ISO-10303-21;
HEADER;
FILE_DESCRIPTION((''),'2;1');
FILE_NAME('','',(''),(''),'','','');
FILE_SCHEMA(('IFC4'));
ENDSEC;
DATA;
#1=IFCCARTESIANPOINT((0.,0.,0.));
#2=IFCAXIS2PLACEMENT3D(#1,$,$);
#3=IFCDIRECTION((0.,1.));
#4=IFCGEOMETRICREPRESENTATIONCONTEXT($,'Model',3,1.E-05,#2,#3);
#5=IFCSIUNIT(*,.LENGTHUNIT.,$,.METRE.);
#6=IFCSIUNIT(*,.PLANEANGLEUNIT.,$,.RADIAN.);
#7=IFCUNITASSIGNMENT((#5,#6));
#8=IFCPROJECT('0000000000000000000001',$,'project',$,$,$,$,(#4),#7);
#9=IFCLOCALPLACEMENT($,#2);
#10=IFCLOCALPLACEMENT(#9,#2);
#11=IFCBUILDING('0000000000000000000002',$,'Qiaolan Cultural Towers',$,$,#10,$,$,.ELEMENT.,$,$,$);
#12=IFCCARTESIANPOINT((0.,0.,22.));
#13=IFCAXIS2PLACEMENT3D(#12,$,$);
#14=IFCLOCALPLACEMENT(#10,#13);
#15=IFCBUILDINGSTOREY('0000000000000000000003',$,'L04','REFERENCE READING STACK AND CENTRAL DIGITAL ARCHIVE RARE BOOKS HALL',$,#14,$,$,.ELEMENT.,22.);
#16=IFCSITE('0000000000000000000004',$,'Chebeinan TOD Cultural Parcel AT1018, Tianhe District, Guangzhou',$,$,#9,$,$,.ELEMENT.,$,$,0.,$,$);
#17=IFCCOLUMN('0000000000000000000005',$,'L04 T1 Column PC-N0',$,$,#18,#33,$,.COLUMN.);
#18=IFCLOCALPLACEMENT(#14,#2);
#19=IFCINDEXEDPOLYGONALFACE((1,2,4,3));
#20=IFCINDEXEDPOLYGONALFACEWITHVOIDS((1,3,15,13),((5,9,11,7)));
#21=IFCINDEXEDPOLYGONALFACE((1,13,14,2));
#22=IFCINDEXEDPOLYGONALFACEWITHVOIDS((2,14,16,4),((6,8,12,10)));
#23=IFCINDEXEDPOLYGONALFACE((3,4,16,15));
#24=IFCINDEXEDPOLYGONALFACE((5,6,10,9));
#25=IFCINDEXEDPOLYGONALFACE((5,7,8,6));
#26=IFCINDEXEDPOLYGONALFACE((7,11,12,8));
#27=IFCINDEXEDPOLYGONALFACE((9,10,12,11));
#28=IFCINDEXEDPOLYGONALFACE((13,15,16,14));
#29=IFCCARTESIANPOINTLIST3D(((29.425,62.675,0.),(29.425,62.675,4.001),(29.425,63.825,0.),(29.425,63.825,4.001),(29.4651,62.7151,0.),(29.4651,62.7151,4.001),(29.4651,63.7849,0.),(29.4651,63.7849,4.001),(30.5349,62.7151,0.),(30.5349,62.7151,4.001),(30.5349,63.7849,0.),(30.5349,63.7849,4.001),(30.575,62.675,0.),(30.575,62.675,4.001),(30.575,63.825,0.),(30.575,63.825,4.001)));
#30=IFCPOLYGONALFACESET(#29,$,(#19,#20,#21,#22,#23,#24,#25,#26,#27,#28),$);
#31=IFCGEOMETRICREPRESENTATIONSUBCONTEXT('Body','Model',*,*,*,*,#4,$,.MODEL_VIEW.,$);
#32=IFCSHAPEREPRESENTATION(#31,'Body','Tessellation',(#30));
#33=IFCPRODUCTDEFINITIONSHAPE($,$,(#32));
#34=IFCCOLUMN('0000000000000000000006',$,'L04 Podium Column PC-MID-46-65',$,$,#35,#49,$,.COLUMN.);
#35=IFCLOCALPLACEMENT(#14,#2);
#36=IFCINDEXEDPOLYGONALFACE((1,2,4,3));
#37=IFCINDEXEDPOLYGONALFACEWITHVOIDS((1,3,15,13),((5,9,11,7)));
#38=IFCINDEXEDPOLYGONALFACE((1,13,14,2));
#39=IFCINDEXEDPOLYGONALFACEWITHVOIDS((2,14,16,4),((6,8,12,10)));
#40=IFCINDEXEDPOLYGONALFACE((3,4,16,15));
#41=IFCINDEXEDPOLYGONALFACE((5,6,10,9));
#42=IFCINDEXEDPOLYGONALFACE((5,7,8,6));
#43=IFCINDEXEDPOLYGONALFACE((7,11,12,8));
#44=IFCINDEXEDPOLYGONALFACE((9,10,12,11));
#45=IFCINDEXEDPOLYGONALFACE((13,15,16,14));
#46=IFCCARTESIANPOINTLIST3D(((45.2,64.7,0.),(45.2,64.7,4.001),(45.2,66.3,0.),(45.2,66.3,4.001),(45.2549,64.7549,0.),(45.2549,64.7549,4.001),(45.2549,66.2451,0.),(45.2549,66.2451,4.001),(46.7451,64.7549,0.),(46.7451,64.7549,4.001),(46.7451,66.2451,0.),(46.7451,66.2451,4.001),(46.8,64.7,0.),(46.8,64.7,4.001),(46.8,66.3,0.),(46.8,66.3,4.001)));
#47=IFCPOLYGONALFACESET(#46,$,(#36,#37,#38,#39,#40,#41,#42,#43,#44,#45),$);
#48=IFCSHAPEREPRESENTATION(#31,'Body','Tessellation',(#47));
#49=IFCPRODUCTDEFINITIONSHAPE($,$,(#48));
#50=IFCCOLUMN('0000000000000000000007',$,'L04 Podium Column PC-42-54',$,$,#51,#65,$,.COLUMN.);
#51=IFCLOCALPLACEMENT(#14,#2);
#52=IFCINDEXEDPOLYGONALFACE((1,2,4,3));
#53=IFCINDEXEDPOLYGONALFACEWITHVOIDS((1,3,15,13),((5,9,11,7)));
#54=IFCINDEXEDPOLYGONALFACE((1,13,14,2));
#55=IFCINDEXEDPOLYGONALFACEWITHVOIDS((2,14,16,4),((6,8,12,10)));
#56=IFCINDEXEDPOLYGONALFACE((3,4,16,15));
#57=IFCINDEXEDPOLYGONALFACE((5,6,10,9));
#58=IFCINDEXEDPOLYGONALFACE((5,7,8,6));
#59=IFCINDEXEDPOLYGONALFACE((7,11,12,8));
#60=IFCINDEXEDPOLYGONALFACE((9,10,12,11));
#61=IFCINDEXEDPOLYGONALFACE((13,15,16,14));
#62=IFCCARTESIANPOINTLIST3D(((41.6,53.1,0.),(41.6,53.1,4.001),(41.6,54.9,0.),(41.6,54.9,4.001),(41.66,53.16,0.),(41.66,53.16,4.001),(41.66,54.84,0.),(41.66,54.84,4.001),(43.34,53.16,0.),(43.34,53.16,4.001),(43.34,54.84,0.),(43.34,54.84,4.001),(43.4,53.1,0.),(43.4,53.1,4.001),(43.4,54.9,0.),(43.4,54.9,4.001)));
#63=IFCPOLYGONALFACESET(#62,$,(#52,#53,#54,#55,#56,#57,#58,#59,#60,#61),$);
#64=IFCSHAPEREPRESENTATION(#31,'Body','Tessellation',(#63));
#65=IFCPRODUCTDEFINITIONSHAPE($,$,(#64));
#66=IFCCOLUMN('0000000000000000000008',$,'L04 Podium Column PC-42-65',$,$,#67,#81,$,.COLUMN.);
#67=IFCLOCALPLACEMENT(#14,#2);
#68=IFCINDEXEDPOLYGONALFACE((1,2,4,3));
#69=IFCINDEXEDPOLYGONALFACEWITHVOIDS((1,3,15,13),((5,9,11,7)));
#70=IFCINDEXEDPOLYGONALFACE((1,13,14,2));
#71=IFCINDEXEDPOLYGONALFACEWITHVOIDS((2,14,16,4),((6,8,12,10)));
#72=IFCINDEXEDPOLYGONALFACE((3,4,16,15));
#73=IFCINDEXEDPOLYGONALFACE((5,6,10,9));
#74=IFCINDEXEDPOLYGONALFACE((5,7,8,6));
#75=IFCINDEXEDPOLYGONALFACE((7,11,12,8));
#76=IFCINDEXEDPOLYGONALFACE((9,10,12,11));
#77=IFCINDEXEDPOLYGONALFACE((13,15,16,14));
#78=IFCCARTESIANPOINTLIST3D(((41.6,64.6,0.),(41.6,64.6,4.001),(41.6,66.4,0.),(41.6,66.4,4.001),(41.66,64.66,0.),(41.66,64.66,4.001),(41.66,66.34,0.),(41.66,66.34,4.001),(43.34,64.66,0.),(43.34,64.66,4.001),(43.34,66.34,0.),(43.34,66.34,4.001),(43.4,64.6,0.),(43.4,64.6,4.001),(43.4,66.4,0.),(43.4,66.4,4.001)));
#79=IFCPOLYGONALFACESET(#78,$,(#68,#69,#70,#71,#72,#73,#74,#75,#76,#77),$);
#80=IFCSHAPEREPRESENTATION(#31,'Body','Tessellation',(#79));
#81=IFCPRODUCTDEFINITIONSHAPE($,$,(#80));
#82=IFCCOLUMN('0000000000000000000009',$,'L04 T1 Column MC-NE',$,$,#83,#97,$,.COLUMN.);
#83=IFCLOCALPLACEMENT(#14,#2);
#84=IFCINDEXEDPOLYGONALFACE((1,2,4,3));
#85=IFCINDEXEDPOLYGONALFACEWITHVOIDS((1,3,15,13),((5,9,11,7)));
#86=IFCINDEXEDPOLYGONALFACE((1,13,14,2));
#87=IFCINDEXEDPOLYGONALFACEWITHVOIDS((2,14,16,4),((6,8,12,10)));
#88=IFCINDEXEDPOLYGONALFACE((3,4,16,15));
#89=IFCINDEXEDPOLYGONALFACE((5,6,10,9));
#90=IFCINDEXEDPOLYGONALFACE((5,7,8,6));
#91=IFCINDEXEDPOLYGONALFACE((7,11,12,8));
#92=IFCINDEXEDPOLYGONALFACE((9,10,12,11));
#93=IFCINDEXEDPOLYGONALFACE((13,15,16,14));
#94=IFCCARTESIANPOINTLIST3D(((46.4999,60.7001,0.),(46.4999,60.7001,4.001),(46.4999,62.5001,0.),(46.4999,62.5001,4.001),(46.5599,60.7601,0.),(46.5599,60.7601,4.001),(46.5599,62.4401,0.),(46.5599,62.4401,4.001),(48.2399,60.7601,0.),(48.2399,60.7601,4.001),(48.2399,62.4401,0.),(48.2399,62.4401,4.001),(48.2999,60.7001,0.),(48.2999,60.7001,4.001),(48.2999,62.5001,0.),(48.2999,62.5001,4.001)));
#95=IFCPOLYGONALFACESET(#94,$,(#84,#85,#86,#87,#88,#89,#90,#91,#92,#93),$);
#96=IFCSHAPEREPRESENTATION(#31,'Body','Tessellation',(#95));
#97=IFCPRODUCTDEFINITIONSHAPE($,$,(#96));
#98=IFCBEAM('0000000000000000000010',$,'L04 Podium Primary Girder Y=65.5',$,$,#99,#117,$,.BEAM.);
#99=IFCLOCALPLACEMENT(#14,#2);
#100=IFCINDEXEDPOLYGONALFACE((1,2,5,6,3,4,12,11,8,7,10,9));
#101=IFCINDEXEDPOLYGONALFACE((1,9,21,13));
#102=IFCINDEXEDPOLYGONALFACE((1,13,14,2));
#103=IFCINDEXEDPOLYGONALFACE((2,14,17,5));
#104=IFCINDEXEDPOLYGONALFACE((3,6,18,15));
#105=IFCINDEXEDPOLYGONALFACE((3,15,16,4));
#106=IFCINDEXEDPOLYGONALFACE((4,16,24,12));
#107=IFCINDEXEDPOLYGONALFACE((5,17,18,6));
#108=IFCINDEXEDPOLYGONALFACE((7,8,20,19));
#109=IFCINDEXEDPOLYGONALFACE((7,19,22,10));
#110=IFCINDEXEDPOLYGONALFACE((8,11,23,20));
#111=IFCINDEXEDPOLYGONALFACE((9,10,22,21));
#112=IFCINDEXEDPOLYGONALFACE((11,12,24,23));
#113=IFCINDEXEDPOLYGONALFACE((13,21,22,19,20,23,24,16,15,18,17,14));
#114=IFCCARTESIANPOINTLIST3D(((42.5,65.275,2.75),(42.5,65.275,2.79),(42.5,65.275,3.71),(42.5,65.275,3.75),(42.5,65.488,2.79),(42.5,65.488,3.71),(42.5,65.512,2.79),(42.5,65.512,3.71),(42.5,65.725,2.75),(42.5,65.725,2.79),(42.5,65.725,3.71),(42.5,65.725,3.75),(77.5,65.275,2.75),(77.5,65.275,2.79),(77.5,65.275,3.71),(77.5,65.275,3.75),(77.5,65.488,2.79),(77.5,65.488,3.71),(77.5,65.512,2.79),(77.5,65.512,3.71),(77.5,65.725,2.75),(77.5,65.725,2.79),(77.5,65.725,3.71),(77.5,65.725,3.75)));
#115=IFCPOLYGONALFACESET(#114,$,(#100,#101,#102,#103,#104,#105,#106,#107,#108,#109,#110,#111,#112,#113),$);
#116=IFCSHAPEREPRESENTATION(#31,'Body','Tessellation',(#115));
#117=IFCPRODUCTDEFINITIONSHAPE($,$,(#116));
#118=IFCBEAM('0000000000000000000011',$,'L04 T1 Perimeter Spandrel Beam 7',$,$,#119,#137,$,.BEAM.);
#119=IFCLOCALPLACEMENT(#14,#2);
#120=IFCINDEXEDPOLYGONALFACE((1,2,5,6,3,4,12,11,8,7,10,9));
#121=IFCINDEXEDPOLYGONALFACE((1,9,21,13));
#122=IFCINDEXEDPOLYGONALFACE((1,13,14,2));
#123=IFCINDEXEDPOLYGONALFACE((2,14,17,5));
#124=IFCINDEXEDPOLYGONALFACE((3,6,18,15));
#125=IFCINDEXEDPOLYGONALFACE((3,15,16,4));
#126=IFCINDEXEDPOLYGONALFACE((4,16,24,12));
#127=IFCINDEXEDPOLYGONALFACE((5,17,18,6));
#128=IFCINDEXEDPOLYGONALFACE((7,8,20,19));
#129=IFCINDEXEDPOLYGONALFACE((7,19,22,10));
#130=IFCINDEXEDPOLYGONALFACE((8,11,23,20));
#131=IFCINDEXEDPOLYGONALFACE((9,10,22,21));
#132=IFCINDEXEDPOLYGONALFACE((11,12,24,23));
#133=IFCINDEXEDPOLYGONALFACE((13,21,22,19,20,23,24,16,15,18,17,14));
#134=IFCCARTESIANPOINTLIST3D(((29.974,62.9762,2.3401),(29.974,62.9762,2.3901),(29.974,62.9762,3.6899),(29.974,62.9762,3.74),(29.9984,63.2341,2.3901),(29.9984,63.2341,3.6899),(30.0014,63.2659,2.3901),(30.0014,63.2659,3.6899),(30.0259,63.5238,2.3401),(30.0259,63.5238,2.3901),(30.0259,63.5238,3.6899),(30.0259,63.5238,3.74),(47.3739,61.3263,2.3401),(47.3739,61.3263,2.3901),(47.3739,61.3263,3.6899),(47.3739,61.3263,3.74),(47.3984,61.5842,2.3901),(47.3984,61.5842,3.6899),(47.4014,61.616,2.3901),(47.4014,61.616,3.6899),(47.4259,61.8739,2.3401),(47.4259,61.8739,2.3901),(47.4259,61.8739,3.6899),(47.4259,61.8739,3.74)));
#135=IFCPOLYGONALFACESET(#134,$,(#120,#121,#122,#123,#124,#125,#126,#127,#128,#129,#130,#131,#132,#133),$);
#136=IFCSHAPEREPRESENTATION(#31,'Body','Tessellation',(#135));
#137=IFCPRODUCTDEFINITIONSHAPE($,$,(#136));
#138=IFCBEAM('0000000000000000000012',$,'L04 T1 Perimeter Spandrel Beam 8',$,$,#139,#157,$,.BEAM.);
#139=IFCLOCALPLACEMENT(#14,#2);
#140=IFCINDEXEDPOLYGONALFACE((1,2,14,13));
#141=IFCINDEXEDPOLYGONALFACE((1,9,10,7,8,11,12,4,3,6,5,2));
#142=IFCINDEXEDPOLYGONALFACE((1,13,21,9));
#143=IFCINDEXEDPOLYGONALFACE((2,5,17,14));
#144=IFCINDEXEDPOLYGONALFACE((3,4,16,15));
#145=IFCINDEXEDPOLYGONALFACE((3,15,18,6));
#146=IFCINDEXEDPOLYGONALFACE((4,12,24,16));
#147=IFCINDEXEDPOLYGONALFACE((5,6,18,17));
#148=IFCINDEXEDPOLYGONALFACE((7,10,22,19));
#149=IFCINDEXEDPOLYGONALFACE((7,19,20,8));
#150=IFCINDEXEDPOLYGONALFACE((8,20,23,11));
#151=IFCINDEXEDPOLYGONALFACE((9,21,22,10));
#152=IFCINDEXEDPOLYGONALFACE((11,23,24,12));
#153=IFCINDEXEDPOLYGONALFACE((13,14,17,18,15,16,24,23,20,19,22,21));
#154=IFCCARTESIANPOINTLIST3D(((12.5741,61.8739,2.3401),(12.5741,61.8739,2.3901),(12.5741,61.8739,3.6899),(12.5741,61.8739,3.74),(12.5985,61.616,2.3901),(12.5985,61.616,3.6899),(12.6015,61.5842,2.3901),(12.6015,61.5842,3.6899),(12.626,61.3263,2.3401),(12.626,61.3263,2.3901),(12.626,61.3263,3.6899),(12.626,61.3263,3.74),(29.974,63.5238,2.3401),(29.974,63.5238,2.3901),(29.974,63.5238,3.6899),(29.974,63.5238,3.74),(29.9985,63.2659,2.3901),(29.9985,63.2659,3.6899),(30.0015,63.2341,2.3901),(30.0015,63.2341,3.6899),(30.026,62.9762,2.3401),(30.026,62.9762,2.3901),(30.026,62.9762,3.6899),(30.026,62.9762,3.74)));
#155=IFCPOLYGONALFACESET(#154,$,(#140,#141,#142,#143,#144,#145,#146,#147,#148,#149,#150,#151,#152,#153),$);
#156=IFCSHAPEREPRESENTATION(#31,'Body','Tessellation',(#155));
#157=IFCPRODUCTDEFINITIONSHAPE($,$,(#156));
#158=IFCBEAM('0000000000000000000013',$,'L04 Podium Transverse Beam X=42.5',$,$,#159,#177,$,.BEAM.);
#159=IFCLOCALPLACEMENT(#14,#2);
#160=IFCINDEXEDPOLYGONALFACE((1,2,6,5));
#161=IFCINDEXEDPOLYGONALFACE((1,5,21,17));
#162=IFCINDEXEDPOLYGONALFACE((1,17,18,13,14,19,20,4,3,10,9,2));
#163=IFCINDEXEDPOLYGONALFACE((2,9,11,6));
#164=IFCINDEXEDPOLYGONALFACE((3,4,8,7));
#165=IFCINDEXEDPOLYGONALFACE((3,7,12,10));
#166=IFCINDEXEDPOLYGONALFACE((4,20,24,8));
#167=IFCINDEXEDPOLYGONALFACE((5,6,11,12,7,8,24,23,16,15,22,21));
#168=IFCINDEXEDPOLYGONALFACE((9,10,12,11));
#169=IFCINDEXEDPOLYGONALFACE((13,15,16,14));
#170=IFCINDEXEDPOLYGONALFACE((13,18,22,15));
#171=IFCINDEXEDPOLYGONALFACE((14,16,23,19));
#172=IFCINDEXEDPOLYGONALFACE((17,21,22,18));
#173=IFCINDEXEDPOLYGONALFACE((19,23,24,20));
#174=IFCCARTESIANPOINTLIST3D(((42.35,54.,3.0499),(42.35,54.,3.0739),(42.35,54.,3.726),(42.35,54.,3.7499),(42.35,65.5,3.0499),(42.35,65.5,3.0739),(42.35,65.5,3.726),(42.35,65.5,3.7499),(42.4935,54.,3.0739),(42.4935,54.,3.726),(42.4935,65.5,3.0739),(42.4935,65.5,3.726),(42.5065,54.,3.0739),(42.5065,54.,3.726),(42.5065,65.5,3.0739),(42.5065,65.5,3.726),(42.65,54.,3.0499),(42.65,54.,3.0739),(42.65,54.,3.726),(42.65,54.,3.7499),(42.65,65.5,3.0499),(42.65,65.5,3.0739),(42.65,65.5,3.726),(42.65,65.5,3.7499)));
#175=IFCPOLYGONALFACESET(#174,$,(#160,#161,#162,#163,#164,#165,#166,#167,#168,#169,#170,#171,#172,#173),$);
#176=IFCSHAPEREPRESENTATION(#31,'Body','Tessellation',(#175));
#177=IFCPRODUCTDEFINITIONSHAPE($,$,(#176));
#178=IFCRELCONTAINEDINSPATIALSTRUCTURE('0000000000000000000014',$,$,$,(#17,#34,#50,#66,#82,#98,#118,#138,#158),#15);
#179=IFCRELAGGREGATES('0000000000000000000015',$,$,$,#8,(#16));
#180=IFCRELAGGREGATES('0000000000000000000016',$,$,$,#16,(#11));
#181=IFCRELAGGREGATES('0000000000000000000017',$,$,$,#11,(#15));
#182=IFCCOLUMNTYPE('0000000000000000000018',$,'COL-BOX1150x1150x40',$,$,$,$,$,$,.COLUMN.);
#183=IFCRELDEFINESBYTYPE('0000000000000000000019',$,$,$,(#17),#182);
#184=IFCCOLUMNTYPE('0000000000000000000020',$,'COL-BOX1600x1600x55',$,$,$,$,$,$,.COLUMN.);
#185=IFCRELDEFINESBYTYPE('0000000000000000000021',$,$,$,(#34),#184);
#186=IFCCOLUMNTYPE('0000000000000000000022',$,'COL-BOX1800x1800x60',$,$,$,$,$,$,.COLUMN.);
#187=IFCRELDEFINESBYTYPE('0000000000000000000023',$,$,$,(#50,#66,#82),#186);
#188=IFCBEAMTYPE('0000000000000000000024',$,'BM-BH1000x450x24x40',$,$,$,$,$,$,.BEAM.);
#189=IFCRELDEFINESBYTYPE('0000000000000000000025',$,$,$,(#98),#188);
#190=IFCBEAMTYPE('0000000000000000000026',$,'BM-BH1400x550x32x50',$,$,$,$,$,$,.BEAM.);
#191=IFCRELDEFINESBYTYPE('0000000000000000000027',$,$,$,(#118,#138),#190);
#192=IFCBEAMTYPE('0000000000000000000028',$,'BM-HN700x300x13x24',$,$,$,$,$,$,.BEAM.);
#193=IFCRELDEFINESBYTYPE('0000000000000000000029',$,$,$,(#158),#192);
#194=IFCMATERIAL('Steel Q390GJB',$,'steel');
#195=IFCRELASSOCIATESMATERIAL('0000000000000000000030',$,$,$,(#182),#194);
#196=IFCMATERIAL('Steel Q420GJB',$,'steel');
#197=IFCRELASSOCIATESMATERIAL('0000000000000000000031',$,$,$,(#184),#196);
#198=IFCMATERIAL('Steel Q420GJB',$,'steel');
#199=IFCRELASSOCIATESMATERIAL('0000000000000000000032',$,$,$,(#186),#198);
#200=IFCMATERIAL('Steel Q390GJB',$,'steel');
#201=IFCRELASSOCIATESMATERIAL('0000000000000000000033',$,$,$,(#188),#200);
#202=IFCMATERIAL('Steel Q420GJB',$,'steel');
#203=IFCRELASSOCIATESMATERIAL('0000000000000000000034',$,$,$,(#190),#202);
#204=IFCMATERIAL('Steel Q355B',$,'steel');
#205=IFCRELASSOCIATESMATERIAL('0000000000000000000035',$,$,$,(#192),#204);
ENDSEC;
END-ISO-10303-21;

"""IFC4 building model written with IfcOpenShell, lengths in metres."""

from ifc_helpers import new_model, si_unit, direction, frame, origin, origin_2d, place, context, subcontext, project, spatial, hollow_rectangle, i_section, extrude, material, material_profile, profile_set, type_object, element, save


model = new_model("IFC4")

# Units and contexts
model_context = context("Model", 3, precision=1e-05, world=origin(), true_north=direction((0.0, 1.0)))
body_context = subcontext(model_context, "Body", "Model", "MODEL_VIEW")
ifc_project = project(units=[si_unit("LENGTHUNIT", "METRE"), si_unit("PLANEANGLEUNIT", "RADIAN")], contexts=[model_context])

# Site, building, storey
site_placement = place(None, origin())
site = spatial("IfcSite", under=ifc_project, at=site_placement, Name="Chebeinan TOD Cultural Parcel AT1018, Tianhe District, Guangzhou", CompositionType="ELEMENT", RefElevation=0.0)
building_placement = place(site_placement, origin())
building = spatial("IfcBuilding", under=site, at=building_placement, Name="Qiaolan Cultural Towers", CompositionType="ELEMENT")
storey_placement = place(building_placement, frame((0.0, 0.0, 22.0)))
storey = spatial("IfcBuildingStorey", under=building, at=storey_placement, Name="L04", Description="REFERENCE READING STACK AND CENTRAL DIGITAL ARCHIVE RARE BOOKS HALL", CompositionType="ELEMENT", Elevation=22.0)

# Columns
ifc_material_1 = material(Name="Steel Q390GJB", Category="steel")
ifc_material_profile_1 = material_profile(ifc_material_1, hollow_rectangle(XDim=1.1499, YDim=1.1499, WallThickness=0.04, at=origin_2d()), Name="BOX1150x1150x40")
ifc_profile_set_1 = profile_set([ifc_material_profile_1], Name="Steel Q390GJB")
column_type_1 = type_object("IfcColumnType", Name="COL-BOX1150x1150x40", PredefinedType="COLUMN", material=ifc_profile_set_1)
column_1_placement = place(storey_placement, frame((30.0, 63.25, 0.0), z_axis=(0.0, 0.0, 1.0), x_axis=(1.0, 0.0, 0.0)))
element("IfcColumn", 1, at=column_1_placement, inside=storey, type_object=column_type_1, Name="L04 T1 Column PC-N0", PredefinedType="COLUMN", context=body_context, shape_type="SweptSolid", body=[
    extrude(hollow_rectangle(XDim=1.1499, YDim=1.1499, WallThickness=0.04, at=origin_2d()), origin(), (0.0, 0.0, 1.0), 4.001),
])
ifc_material_2 = material(Name="Steel Q420GJB", Category="steel")
ifc_material_profile_2 = material_profile(ifc_material_2, hollow_rectangle(XDim=1.6001, YDim=1.6001, WallThickness=0.0549, at=origin_2d()), Name="BOX1600x1600x55")
ifc_profile_set_2 = profile_set([ifc_material_profile_2], Name="Steel Q420GJB")
column_type_2 = type_object("IfcColumnType", Name="COL-BOX1600x1600x55", PredefinedType="COLUMN", material=ifc_profile_set_2)
column_2_placement = place(storey_placement, frame((46.0, 65.5, 0.0), z_axis=(0.0, 0.0, 1.0), x_axis=(1.0, 0.0, 0.0)))
element("IfcColumn", 2, at=column_2_placement, inside=storey, type_object=column_type_2, Name="L04 Podium Column PC-MID-46-65", PredefinedType="COLUMN", context=body_context, shape_type="SweptSolid", body=[
    extrude(hollow_rectangle(XDim=1.6001, YDim=1.6001, WallThickness=0.0549, at=origin_2d()), origin(), (0.0, 0.0, 1.0), 4.001),
])
ifc_material_3 = material(Name="Steel Q420GJB", Category="steel")
ifc_material_profile_3 = material_profile(ifc_material_3, hollow_rectangle(XDim=1.8, YDim=1.8, WallThickness=0.0601, at=origin_2d()), Name="BOX1800x1800x60")
ifc_profile_set_3 = profile_set([ifc_material_profile_3], Name="Steel Q420GJB")
column_type_3 = type_object("IfcColumnType", Name="COL-BOX1800x1800x60", PredefinedType="COLUMN", material=ifc_profile_set_3)
for number, where, z_axis, x_axis, name in (
    (3, (42.5, 54.0, 0.0), (0.0, 0.0, 1.0), (1.0, 0.0, 0.0), "L04 Podium Column PC-42-54"),
    (4, (42.5, 65.5, 0.0), (0.0, 0.0, 1.0), (1.0, 0.0, 0.0), "L04 Podium Column PC-42-65"),
    (5, (47.3999, 61.6001, 0.0), (0.0, 0.0, 1.0), (1.0, 0.0, 0.0), "L04 T1 Column MC-NE"),
):
    element("IfcColumn", number, at=place(storey_placement, frame(where, z_axis=z_axis, x_axis=x_axis)), inside=storey, type_object=column_type_3, Name=name, PredefinedType="COLUMN", context=body_context, shape_type="SweptSolid", body=[
        extrude(hollow_rectangle(XDim=1.8, YDim=1.8, WallThickness=0.0601, at=origin_2d()), origin(), (0.0, 0.0, 1.0), 4.001),
    ])

# Beams
ifc_material_4 = material(Name="Steel Q390GJB", Category="steel")
ifc_material_profile_4 = material_profile(ifc_material_4, i_section(OverallWidth=0.45, OverallDepth=1.0, WebThickness=0.0239, FlangeThickness=0.04, at=origin_2d()), Name="BH1000x450x24x40")
ifc_profile_set_4 = profile_set([ifc_material_profile_4], Name="Steel Q390GJB")
beam_type_1 = type_object("IfcBeamType", Name="BM-BH1000x450x24x40", PredefinedType="BEAM", material=ifc_profile_set_4)
beam_1_placement = place(storey_placement, frame((42.5, 65.5, 3.25), z_axis=(1.0, 0.0, 0.0), x_axis=(0.0, 1.0, 0.0)))
element("IfcBeam", 6, at=beam_1_placement, inside=storey, type_object=beam_type_1, Name="L04 Podium Primary Girder Y=65.5", PredefinedType="BEAM", context=body_context, shape_type="SweptSolid", body=[
    extrude(i_section(OverallWidth=0.45, OverallDepth=1.0, WebThickness=0.0239, FlangeThickness=0.04, at=origin_2d()), origin(), (0.0, 0.0, 1.0), 35.0),
])
ifc_material_5 = material(Name="Steel Q420GJB", Category="steel")
ifc_material_profile_5 = material_profile(ifc_material_5, i_section(OverallWidth=0.55, OverallDepth=1.3999, WebThickness=0.032, FlangeThickness=0.05, at=origin_2d()), Name="BH1400x550x32x50")
ifc_profile_set_5 = profile_set([ifc_material_profile_5], Name="Steel Q420GJB")
beam_type_2 = type_object("IfcBeamType", Name="BM-BH1400x550x32x50", PredefinedType="BEAM", material=ifc_profile_set_5)
for number, where, z_axis, x_axis, name in (
    (7, (47.3999, 61.6001, 3.04), (-0.995534, 0.094399, 0.0), (-0.094399, -0.995534, 0.0), "L04 T1 Perimeter Spandrel Beam 7"),
    (8, (30.0, 63.25, 3.04), (-0.995534, -0.094399, 0.0), (0.094399, -0.995534, 0.0), "L04 T1 Perimeter Spandrel Beam 8"),
):
    element("IfcBeam", number, at=place(storey_placement, frame(where, z_axis=z_axis, x_axis=x_axis)), inside=storey, type_object=beam_type_2, Name=name, PredefinedType="BEAM", context=body_context, shape_type="SweptSolid", body=[
        extrude(i_section(OverallWidth=0.55, OverallDepth=1.3999, WebThickness=0.032, FlangeThickness=0.05, at=origin_2d()), origin(), (0.0, 0.0, 1.0), 17.478),
    ])
ifc_material_6 = material(Name="Steel Q355B", Category="steel")
ifc_material_profile_6 = material_profile(ifc_material_6, i_section(OverallWidth=0.3, OverallDepth=0.7, WebThickness=0.0129, FlangeThickness=0.0239, at=origin_2d()), Name="HN700x300x13x24")
ifc_profile_set_6 = profile_set([ifc_material_profile_6], Name="Steel Q355B")
beam_type_3 = type_object("IfcBeamType", Name="BM-HN700x300x13x24", PredefinedType="BEAM", material=ifc_profile_set_6)
beam_2_placement = place(storey_placement, frame((42.5, 54.0, 3.3999), z_axis=(0.0, 1.0, 0.0), x_axis=(-1.0, 0.0, 0.0)))
element("IfcBeam", 9, at=beam_2_placement, inside=storey, type_object=beam_type_3, Name="L04 Podium Transverse Beam X=42.5", PredefinedType="BEAM", context=body_context, shape_type="SweptSolid", body=[
    extrude(i_section(OverallWidth=0.3, OverallDepth=0.7, WebThickness=0.0129, FlangeThickness=0.0239, at=origin_2d()), origin(), (0.0, 0.0, 1.0), 11.5),
])

save(model, "model.ifc")
